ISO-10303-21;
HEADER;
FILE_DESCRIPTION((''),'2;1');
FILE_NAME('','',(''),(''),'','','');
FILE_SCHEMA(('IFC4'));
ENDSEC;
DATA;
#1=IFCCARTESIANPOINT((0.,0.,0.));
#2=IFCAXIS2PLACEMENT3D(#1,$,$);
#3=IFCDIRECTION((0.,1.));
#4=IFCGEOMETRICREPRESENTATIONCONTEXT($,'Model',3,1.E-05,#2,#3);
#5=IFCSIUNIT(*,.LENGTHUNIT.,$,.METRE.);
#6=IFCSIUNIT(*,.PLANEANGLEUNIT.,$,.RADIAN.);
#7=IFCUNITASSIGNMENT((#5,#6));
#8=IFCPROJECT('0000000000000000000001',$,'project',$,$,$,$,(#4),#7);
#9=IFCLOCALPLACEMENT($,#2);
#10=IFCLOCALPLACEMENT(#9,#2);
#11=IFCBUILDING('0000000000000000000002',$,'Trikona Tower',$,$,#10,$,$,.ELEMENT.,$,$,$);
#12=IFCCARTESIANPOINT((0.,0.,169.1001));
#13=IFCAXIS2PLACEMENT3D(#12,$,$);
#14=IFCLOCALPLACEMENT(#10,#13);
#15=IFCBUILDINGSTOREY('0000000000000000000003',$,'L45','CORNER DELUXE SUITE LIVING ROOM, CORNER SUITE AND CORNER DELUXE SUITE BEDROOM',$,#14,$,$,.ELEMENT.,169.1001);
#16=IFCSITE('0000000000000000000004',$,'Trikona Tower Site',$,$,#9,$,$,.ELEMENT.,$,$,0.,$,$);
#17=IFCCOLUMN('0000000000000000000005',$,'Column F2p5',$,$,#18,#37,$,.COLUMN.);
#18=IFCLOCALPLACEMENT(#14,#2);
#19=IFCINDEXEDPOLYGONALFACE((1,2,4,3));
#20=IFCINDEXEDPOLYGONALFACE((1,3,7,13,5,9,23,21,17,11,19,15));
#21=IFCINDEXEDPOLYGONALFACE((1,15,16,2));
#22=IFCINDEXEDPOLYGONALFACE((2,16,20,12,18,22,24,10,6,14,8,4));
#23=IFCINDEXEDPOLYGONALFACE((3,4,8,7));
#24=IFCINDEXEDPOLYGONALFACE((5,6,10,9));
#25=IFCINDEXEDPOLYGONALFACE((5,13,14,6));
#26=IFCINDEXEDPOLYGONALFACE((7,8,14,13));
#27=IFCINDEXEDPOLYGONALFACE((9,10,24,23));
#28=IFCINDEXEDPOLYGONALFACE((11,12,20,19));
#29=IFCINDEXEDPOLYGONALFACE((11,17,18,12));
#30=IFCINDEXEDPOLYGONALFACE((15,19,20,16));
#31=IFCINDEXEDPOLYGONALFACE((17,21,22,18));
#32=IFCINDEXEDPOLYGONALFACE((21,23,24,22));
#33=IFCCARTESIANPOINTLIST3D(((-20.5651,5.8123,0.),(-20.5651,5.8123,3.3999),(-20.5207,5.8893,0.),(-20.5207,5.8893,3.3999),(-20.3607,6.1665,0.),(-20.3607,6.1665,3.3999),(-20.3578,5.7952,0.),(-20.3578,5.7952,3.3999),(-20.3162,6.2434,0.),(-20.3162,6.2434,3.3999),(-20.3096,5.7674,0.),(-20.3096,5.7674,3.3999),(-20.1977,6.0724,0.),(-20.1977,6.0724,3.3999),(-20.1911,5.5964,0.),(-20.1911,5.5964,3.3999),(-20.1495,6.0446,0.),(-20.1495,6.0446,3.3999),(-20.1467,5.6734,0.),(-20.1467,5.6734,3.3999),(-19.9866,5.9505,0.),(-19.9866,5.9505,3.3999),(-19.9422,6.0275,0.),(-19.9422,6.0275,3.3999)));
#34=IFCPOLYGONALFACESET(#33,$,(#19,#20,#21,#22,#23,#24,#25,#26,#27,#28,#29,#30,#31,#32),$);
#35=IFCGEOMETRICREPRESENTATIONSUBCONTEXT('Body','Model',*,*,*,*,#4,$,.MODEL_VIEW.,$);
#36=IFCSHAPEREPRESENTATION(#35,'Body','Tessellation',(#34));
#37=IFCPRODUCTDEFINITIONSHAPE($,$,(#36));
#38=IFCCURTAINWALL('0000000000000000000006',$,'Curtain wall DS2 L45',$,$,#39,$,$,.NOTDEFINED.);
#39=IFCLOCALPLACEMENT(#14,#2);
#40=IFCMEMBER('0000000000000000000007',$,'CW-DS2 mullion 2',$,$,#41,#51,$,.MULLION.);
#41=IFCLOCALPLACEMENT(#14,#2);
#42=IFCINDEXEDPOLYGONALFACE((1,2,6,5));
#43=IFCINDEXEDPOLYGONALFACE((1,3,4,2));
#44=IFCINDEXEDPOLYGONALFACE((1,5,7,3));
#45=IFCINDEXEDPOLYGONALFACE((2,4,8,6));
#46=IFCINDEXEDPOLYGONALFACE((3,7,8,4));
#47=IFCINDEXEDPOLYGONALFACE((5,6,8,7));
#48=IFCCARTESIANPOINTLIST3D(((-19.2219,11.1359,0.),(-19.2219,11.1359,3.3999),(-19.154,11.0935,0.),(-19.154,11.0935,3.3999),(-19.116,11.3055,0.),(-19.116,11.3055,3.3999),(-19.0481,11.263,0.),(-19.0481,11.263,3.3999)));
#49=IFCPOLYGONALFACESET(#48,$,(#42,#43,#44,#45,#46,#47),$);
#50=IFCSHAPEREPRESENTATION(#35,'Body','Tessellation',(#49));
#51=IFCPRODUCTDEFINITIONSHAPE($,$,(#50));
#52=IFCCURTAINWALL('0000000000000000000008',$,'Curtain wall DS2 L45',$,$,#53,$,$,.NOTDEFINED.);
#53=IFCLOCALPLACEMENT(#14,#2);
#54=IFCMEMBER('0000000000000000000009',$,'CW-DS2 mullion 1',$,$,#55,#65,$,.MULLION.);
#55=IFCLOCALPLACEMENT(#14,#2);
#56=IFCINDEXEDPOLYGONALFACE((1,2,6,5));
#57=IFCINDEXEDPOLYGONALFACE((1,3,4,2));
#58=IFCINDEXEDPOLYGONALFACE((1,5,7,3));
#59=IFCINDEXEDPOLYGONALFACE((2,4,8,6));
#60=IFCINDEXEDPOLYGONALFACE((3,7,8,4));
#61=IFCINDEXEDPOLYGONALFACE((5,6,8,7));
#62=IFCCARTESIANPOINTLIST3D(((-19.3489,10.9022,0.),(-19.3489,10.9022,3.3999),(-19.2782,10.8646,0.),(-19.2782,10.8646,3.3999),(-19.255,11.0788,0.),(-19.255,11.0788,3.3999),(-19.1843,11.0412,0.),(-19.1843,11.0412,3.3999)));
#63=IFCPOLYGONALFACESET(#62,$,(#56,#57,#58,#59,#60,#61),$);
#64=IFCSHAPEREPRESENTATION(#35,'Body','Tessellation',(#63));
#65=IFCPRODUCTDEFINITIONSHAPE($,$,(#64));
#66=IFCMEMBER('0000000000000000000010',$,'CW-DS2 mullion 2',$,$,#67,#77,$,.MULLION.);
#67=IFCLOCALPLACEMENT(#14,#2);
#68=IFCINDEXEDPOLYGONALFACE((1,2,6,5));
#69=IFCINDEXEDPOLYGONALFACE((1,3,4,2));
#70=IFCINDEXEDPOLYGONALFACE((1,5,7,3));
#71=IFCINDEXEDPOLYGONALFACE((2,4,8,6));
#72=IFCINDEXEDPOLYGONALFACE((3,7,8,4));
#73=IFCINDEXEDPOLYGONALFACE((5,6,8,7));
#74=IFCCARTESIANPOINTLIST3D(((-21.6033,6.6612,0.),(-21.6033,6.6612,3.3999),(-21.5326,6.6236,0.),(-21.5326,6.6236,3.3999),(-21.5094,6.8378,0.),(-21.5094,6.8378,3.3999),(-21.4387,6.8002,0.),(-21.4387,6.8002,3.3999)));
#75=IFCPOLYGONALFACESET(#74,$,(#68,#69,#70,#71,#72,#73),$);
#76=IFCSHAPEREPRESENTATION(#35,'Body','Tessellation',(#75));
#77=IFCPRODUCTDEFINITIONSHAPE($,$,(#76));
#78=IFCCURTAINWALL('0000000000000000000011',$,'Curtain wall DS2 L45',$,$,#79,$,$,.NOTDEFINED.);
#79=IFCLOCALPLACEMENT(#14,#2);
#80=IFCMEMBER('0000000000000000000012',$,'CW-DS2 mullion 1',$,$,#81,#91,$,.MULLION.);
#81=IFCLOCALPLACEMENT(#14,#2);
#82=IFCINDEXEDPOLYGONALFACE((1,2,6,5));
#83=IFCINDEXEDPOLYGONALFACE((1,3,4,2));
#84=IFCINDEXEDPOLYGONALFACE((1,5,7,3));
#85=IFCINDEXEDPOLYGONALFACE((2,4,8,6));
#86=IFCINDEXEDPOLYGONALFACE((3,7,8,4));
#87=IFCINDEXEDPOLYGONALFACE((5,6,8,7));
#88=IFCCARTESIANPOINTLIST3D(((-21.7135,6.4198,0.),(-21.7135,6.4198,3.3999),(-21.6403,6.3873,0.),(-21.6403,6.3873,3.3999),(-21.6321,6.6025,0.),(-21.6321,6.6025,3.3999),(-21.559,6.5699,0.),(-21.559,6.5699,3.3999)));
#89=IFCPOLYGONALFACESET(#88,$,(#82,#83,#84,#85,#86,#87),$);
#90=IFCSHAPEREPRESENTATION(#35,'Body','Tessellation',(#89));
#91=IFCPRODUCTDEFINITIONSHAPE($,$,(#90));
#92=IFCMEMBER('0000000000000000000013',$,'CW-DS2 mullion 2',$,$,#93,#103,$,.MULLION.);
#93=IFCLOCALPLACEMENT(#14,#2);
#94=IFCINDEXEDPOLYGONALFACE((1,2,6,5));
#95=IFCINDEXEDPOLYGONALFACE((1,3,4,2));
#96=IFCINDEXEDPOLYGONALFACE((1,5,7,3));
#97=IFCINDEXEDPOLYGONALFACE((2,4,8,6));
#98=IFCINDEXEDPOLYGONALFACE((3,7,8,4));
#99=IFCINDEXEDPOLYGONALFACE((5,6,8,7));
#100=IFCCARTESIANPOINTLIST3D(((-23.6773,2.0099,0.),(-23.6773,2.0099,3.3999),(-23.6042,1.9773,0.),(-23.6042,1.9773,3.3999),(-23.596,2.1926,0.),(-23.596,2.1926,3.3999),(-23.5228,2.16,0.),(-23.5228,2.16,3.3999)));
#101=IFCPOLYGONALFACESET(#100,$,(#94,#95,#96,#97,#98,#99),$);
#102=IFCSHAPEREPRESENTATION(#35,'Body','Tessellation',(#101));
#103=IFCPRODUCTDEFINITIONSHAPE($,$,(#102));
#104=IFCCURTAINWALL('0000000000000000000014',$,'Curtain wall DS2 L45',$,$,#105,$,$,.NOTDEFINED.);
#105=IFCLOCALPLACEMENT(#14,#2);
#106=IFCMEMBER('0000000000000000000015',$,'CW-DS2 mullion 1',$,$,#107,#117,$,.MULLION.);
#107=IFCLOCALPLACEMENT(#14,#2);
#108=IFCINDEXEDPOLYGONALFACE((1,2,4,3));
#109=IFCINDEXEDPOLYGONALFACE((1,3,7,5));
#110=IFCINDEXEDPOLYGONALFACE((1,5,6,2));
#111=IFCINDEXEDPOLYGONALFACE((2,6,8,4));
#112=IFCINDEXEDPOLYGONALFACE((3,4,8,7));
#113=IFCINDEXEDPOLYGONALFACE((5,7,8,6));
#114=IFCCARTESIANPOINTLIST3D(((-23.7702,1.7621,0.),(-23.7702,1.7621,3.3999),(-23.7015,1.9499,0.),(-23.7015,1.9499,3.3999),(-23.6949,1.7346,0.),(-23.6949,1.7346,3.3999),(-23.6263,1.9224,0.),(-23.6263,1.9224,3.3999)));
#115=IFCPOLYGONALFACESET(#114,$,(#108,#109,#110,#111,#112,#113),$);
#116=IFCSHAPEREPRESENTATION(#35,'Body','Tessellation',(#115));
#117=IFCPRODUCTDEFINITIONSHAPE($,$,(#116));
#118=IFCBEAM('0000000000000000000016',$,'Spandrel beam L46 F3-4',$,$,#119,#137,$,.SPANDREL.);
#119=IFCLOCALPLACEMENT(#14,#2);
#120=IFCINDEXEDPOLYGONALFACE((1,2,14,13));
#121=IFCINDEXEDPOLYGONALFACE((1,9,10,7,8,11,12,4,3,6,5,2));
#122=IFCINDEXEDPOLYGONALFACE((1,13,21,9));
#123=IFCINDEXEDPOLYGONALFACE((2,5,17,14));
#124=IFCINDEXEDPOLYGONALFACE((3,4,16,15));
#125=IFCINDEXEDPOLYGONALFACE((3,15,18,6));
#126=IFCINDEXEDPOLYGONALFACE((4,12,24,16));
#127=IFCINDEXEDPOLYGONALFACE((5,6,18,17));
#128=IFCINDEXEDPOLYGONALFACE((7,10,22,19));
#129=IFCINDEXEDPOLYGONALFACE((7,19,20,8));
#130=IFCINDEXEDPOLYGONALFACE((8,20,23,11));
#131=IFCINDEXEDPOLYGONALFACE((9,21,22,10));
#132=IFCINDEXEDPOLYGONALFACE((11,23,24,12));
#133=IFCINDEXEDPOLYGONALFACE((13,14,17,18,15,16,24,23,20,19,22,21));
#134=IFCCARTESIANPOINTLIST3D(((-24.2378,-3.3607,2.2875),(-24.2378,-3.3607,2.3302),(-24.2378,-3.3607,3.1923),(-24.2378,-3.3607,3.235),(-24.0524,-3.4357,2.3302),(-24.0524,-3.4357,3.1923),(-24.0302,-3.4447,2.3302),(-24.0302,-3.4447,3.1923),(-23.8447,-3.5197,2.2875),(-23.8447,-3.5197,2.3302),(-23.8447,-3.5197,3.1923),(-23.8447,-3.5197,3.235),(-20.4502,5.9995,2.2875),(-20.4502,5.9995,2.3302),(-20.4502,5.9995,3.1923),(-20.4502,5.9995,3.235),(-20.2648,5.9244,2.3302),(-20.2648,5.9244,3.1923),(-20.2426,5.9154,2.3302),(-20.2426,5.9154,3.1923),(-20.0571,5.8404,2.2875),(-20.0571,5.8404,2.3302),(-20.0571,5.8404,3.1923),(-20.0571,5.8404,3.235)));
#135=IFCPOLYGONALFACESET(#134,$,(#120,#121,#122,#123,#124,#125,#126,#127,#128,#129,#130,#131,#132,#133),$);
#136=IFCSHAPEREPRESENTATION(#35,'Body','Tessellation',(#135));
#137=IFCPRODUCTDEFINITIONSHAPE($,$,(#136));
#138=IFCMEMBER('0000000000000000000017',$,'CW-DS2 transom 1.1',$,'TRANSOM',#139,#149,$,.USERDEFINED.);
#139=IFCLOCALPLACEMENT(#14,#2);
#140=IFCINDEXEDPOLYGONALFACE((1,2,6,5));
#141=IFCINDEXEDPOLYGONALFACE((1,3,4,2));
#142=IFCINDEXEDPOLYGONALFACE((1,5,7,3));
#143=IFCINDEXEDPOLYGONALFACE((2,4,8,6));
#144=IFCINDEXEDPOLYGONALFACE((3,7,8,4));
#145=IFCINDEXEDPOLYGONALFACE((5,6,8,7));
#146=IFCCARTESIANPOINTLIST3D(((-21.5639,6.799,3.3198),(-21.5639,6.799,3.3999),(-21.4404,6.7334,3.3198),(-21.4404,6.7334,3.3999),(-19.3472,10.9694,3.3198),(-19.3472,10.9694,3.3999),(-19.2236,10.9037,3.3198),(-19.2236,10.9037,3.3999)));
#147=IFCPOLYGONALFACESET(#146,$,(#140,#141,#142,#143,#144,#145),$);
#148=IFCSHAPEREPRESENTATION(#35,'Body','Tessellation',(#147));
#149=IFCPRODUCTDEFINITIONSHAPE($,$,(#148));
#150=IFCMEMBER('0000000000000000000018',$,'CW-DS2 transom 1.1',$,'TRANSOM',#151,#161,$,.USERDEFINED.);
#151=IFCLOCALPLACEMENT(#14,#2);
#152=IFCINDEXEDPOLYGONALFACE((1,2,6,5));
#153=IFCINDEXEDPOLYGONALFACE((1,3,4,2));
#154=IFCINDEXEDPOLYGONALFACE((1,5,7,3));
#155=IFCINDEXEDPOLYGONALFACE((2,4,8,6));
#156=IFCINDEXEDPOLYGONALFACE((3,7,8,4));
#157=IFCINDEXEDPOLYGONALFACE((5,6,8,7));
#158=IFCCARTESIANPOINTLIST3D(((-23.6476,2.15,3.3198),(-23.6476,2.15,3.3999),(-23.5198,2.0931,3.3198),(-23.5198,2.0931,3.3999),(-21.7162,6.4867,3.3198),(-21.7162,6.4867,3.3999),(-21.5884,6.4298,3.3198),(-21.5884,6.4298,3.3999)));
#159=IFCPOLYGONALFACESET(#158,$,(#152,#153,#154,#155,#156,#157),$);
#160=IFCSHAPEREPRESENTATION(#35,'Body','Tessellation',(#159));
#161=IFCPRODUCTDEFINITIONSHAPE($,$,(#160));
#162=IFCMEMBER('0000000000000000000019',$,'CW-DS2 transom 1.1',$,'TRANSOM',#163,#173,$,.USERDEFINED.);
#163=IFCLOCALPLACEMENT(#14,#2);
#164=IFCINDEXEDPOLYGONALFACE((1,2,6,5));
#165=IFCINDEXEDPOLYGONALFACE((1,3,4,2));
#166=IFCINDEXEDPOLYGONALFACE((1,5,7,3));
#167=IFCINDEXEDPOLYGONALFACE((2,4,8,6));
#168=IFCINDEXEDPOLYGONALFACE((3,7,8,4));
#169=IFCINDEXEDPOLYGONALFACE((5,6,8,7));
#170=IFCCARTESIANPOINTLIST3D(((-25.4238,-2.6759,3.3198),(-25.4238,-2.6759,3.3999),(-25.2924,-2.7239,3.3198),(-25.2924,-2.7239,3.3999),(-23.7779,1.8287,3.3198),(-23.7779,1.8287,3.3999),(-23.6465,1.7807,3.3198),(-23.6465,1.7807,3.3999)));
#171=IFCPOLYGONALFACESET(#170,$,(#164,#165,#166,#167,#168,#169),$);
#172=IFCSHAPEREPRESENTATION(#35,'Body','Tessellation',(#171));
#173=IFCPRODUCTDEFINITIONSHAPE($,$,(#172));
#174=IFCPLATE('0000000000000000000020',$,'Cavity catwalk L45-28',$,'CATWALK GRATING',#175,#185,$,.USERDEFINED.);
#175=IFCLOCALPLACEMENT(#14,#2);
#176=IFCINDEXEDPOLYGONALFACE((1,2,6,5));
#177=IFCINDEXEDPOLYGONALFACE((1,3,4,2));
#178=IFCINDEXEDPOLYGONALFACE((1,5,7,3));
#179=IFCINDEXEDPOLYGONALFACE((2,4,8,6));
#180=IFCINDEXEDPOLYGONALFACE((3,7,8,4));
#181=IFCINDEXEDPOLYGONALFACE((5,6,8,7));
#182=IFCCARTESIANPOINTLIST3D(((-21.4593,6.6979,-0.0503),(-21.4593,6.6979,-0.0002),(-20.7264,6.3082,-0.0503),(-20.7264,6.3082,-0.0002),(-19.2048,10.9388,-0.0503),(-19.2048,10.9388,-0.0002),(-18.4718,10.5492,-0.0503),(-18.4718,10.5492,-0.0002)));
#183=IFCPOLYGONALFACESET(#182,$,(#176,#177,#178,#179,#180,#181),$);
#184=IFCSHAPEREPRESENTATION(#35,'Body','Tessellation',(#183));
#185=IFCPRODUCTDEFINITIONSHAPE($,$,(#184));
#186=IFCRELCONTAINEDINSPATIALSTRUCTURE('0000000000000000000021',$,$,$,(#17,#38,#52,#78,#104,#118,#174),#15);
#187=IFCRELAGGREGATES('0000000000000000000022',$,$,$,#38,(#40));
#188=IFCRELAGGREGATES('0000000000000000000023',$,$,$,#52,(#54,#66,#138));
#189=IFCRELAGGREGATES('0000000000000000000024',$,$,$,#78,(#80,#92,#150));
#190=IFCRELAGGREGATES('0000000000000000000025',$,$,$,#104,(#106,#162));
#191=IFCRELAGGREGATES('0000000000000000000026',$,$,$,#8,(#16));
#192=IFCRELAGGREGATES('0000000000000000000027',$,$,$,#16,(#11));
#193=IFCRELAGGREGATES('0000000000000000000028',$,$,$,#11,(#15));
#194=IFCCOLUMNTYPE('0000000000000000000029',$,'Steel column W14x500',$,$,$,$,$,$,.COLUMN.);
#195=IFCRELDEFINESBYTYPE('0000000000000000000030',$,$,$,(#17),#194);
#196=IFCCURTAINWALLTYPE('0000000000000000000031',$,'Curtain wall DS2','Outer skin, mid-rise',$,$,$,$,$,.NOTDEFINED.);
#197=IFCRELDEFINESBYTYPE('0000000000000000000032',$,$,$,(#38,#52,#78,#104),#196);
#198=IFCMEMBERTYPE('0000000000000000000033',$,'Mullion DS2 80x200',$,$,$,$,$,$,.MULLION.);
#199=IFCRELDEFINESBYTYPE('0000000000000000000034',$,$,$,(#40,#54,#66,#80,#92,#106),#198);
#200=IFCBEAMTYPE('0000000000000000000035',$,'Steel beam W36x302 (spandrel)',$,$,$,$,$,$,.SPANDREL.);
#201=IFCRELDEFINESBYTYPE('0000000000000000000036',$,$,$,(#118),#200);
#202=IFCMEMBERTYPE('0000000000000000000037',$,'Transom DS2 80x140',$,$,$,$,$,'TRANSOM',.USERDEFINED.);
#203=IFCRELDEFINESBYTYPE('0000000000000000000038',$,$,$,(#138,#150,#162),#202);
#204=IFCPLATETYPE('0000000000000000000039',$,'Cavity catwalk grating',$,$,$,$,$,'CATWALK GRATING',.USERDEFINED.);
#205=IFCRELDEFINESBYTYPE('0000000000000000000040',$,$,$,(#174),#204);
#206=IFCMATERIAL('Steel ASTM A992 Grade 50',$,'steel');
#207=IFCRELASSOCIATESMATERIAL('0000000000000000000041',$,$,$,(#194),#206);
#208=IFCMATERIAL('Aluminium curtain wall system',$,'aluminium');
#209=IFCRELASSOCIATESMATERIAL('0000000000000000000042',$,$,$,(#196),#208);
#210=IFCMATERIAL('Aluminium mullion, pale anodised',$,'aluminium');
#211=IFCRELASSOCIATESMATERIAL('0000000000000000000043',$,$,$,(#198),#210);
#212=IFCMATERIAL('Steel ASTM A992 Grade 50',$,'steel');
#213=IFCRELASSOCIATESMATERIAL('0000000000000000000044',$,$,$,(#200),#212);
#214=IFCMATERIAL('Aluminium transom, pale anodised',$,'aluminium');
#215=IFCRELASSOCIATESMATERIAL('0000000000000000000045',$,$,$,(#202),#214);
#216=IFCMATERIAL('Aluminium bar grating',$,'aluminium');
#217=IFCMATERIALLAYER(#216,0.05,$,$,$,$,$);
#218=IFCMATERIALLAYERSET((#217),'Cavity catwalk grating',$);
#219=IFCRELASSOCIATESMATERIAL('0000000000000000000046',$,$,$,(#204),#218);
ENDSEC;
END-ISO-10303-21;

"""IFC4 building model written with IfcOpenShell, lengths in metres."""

from ifc_helpers import new_model, si_unit, direction, frame, origin, origin_2d, place, context, subcontext, project, spatial, rectangle, i_section, extrude, material, layer, layer_set, material_profile, profile_set, type_object, element, aggregate, save


model = new_model("IFC4")

# Units and contexts
model_context = context("Model", 3, precision=1e-05, world=origin(), true_north=direction((0.0, 1.0)))
body_context = subcontext(model_context, "Body", "Model", "MODEL_VIEW")
ifc_project = project(units=[si_unit("LENGTHUNIT", "METRE"), si_unit("PLANEANGLEUNIT", "RADIAN")], contexts=[model_context])

# Site, building, storey
site_placement = place(None, origin())
site = spatial("IfcSite", under=ifc_project, at=site_placement, Name="Trikona Tower Site", CompositionType="ELEMENT", RefElevation=0.0)
building_placement = place(site_placement, origin())
building = spatial("IfcBuilding", under=site, at=building_placement, Name="Trikona Tower", CompositionType="ELEMENT")
storey_placement = place(building_placement, frame((0.0, 0.0, 169.1001)))
storey = spatial("IfcBuildingStorey", under=building, at=storey_placement, Name="L45", Description="CORNER DELUXE SUITE LIVING ROOM, CORNER SUITE AND CORNER DELUXE SUITE BEDROOM", CompositionType="ELEMENT", Elevation=169.1001)

# Column
ifc_material_1 = material(Name="Steel ASTM A992 Grade 50", Category="steel")
ifc_material_profile_1 = material_profile(ifc_material_1, i_section(OverallWidth=0.4319, OverallDepth=0.4978, WebThickness=0.0557, FlangeThickness=0.0889, at=origin_2d()), Name="W14X500")
ifc_profile_set_1 = profile_set([ifc_material_profile_1], Name="Steel ASTM A992 Grade 50")
column_type = type_object("IfcColumnType", Name="Steel column W14x500", PredefinedType="COLUMN", material=ifc_profile_set_1)
column_placement = place(storey_placement, frame((-20.2537, 5.9199, 0.0), z_axis=(0.0, 0.0, 1.0), x_axis=(-0.866025, 0.5, 0.0)))
element("IfcColumn", 1, at=column_placement, inside=storey, type_object=column_type, Name="Column F2p5", PredefinedType="COLUMN", context=body_context, shape_type="SweptSolid", body=[
    extrude(i_section(OverallWidth=0.4319, OverallDepth=0.4978, WebThickness=0.0557, FlangeThickness=0.0889, at=origin_2d()), origin(), (0.0, 0.0, 1.0), 3.3999),
])

# Curtain wall, member
ifc_material_2 = material(Name="Aluminium curtain wall system", Category="aluminium")
curtain_wall_type = type_object("IfcCurtainWallType", Name="Curtain wall DS2", Description="Outer skin, mid-rise", PredefinedType="NOTDEFINED", material=ifc_material_2)
curtain_wall_1_placement = place(storey_placement, origin())
curtain_wall_1 = element("IfcCurtainWall", 2, at=curtain_wall_1_placement, inside=storey, type_object=curtain_wall_type, Name="Curtain wall DS2 L45", PredefinedType="NOTDEFINED")
ifc_material_3 = material(Name="Aluminium mullion, pale anodised", Category="aluminium")
ifc_material_profile_2 = material_profile(ifc_material_3, rectangle(XDim=0.0801, YDim=0.2, at=origin_2d()), Name="MUL-DS2")
ifc_profile_set_2 = profile_set([ifc_material_profile_2], Name="Aluminium mullion, pale anodised")
member_type_1 = type_object("IfcMemberType", Name="Mullion DS2 80x200", PredefinedType="MULLION", material=ifc_profile_set_2)
member_1_placement = place(storey_placement, frame((-19.135, 11.1995, 0.0), z_axis=(0.0, 0.0, 1.0), x_axis=(0.847998, -0.529999, 0.0)))
member_1 = element("IfcMember", 3, at=member_1_placement, type_object=member_type_1, Name="CW-DS2 mullion 2", PredefinedType="MULLION", context=body_context, shape_type="SweptSolid", body=[
    extrude(rectangle(XDim=0.0801, YDim=0.2, at=origin_2d()), origin(), (0.0, 0.0, 1.0), 3.3999),
])
aggregate(curtain_wall_1, [member_1])

# Curtain walls, members
curtain_wall_2_placement = place(storey_placement, origin())
curtain_wall_2 = element("IfcCurtainWall", 4, at=curtain_wall_2_placement, inside=storey, type_object=curtain_wall_type, Name="Curtain wall DS2 L45", PredefinedType="NOTDEFINED")
member_2_placement = place(storey_placement, frame((-19.2666, 10.9717, 0.0), z_axis=(0.0, 0.0, 1.0), x_axis=(0.882996, -0.46938, 0.0)))
member_2 = element("IfcMember", 5, at=member_2_placement, type_object=member_type_1, Name="CW-DS2 mullion 1", PredefinedType="MULLION", context=body_context, shape_type="SweptSolid", body=[
    extrude(rectangle(XDim=0.0801, YDim=0.2, at=origin_2d()), origin(), (0.0, 0.0, 1.0), 3.3999),
])
member_3_placement = place(storey_placement, frame((-21.521, 6.7307, 0.0), z_axis=(0.0, 0.0, 1.0), x_axis=(0.882996, -0.46938, 0.0)))
member_3 = element("IfcMember", 6, at=member_3_placement, type_object=member_type_1, Name="CW-DS2 mullion 2", PredefinedType="MULLION", context=body_context, shape_type="SweptSolid", body=[
    extrude(rectangle(XDim=0.0801, YDim=0.2, at=origin_2d()), origin(), (0.0, 0.0, 1.0), 3.3999),
])
curtain_wall_3_placement = place(storey_placement, origin())
curtain_wall_3 = element("IfcCurtainWall", 7, at=curtain_wall_3_placement, inside=storey, type_object=curtain_wall_type, Name="Curtain wall DS2 L45", PredefinedType="NOTDEFINED")
member_4_placement = place(storey_placement, frame((-21.6362, 6.4949, 0.0), z_axis=(0.0, 0.0, 1.0), x_axis=(0.913501, -0.406836, 0.0)))
member_4 = element("IfcMember", 8, at=member_4_placement, type_object=member_type_1, Name="CW-DS2 mullion 1", PredefinedType="MULLION", context=body_context, shape_type="SweptSolid", body=[
    extrude(rectangle(XDim=0.0801, YDim=0.2, at=origin_2d()), origin(), (0.0, 0.0, 1.0), 3.3999),
])
member_5_placement = place(storey_placement, frame((-23.6001, 2.085, 0.0), z_axis=(0.0, 0.0, 1.0), x_axis=(0.913501, -0.406836, 0.0)))
member_5 = element("IfcMember", 9, at=member_5_placement, type_object=member_type_1, Name="CW-DS2 mullion 2", PredefinedType="MULLION", context=body_context, shape_type="SweptSolid", body=[
    extrude(rectangle(XDim=0.0801, YDim=0.2, at=origin_2d()), origin(), (0.0, 0.0, 1.0), 3.3999),
])

# Curtain wall, member
curtain_wall_4_placement = place(storey_placement, origin())
curtain_wall_4 = element("IfcCurtainWall", 10, at=curtain_wall_4_placement, inside=storey, type_object=curtain_wall_type, Name="Curtain wall DS2 L45", PredefinedType="NOTDEFINED")
member_6_placement = place(storey_placement, frame((-23.6982, 1.8423, 0.0), z_axis=(0.0, 0.0, 1.0), x_axis=(0.939254, -0.343223, 0.0)))
member_6 = element("IfcMember", 11, at=member_6_placement, type_object=member_type_1, Name="CW-DS2 mullion 1", PredefinedType="MULLION", context=body_context, shape_type="SweptSolid", body=[
    extrude(rectangle(XDim=0.0801, YDim=0.2, at=origin_2d()), origin(), (0.0, 0.0, 1.0), 3.3999),
])

# Beam
ifc_material_4 = material(Name="Steel ASTM A992 Grade 50", Category="steel")
ifc_material_profile_3 = material_profile(ifc_material_4, i_section(OverallWidth=0.4241, OverallDepth=0.9475, WebThickness=0.0239, FlangeThickness=0.0427, at=origin_2d()), Name="W36X302")
ifc_profile_set_3 = profile_set([ifc_material_profile_3], Name="Steel ASTM A992 Grade 50")
beam_type = type_object("IfcBeamType", Name="Steel beam W36x302 (spandrel)", PredefinedType="SPANDREL", material=ifc_profile_set_3)
beam_placement = place(storey_placement, frame((-20.2537, 5.9199, 2.7612), z_axis=(-0.375106, -0.926982, 0.0), x_axis=(0.926982, -0.375106, 0.0)))
element("IfcBeam", 12, at=beam_placement, inside=storey, type_object=beam_type, Name="Spandrel beam L46 F3-4", PredefinedType="SPANDREL", context=body_context, shape_type="SweptSolid", body=[
    extrude(i_section(OverallWidth=0.4241, OverallDepth=0.9475, WebThickness=0.0239, FlangeThickness=0.0427, at=origin_2d()), origin(), (0.0, 0.0, 1.0), 10.0974),
])

# Members
ifc_material_5 = material(Name="Aluminium transom, pale anodised", Category="aluminium")
ifc_material_profile_4 = material_profile(ifc_material_5, rectangle(XDim=0.1399, YDim=0.0801, at=origin_2d()), Name="TRN-DS2")
ifc_profile_set_4 = profile_set([ifc_material_profile_4], Name="Aluminium transom, pale anodised")
member_type_2 = type_object("IfcMemberType", Name="Transom DS2 80x140", ElementType="TRANSOM", PredefinedType="USERDEFINED", material=ifc_profile_set_4)
member_7_placement = place(storey_placement, frame((-19.2854, 10.9365, 3.3599), z_axis=(-0.469364, -0.883005, 0.0), x_axis=(0.883005, -0.469364, 0.0)))
member_7 = element("IfcMember", 13, at=member_7_placement, type_object=member_type_2, Name="CW-DS2 transom 1.1", ObjectType="TRANSOM", PredefinedType="USERDEFINED", context=body_context, shape_type="SweptSolid", body=[
    extrude(rectangle(XDim=0.1399, YDim=0.0801, at=origin_2d()), origin(), (0.0, 0.0, 1.0), 4.7229),
])
member_8_placement = place(storey_placement, frame((-21.6523, 6.4583, 3.3599), z_axis=(-0.40684, -0.9135, 0.0), x_axis=(0.9135, -0.40684, 0.0)))
member_8 = element("IfcMember", 14, at=member_8_placement, type_object=member_type_2, Name="CW-DS2 transom 1.1", ObjectType="TRANSOM", PredefinedType="USERDEFINED", context=body_context, shape_type="SweptSolid", body=[
    extrude(rectangle(XDim=0.1399, YDim=0.0801, at=origin_2d()), origin(), (0.0, 0.0, 1.0), 4.7473),
])
member_9_placement = place(storey_placement, frame((-23.7122, 1.8047, 3.3599), z_axis=(-0.343206, -0.93926, 0.0), x_axis=(0.93926, -0.343206, 0.0)))
member_9 = element("IfcMember", 15, at=member_9_placement, type_object=member_type_2, Name="CW-DS2 transom 1.1", ObjectType="TRANSOM", PredefinedType="USERDEFINED", context=body_context, shape_type="SweptSolid", body=[
    extrude(rectangle(XDim=0.1399, YDim=0.0801, at=origin_2d()), origin(), (0.0, 0.0, 1.0), 4.7959),
])

# Plate
ifc_material_6 = material(Name="Aluminium bar grating", Category="aluminium")
ifc_layer_1 = layer(ifc_material_6, 0.05)
ifc_layer_set_1 = layer_set([ifc_layer_1], Name="Cavity catwalk grating")
plate_type_1 = type_object("IfcPlateType", Name="Cavity catwalk grating", ElementType="CATWALK GRATING", PredefinedType="USERDEFINED", material=ifc_layer_set_1)
plate_1_placement = place(storey_placement, frame((-19.9656, 8.6235, -0.0503), z_axis=(0.0, 0.0, 1.0), x_axis=(-0.469398, -0.882987, 0.0)))
element("IfcPlate", 16, at=plate_1_placement, inside=storey, type_object=plate_type_1, Name="Cavity catwalk L45-28", ObjectType="CATWALK GRATING", PredefinedType="USERDEFINED", context=body_context, shape_type="SweptSolid", body=[
    extrude(rectangle(XDim=4.803, YDim=0.8301, at=origin_2d()), origin(), (0.0, 0.0, 1.0), 0.05),
])

aggregate(curtain_wall_2, [member_2, member_3, member_7])
aggregate(curtain_wall_3, [member_4, member_5, member_8])
aggregate(curtain_wall_4, [member_6, member_9])

save(model, "model.ifc")
